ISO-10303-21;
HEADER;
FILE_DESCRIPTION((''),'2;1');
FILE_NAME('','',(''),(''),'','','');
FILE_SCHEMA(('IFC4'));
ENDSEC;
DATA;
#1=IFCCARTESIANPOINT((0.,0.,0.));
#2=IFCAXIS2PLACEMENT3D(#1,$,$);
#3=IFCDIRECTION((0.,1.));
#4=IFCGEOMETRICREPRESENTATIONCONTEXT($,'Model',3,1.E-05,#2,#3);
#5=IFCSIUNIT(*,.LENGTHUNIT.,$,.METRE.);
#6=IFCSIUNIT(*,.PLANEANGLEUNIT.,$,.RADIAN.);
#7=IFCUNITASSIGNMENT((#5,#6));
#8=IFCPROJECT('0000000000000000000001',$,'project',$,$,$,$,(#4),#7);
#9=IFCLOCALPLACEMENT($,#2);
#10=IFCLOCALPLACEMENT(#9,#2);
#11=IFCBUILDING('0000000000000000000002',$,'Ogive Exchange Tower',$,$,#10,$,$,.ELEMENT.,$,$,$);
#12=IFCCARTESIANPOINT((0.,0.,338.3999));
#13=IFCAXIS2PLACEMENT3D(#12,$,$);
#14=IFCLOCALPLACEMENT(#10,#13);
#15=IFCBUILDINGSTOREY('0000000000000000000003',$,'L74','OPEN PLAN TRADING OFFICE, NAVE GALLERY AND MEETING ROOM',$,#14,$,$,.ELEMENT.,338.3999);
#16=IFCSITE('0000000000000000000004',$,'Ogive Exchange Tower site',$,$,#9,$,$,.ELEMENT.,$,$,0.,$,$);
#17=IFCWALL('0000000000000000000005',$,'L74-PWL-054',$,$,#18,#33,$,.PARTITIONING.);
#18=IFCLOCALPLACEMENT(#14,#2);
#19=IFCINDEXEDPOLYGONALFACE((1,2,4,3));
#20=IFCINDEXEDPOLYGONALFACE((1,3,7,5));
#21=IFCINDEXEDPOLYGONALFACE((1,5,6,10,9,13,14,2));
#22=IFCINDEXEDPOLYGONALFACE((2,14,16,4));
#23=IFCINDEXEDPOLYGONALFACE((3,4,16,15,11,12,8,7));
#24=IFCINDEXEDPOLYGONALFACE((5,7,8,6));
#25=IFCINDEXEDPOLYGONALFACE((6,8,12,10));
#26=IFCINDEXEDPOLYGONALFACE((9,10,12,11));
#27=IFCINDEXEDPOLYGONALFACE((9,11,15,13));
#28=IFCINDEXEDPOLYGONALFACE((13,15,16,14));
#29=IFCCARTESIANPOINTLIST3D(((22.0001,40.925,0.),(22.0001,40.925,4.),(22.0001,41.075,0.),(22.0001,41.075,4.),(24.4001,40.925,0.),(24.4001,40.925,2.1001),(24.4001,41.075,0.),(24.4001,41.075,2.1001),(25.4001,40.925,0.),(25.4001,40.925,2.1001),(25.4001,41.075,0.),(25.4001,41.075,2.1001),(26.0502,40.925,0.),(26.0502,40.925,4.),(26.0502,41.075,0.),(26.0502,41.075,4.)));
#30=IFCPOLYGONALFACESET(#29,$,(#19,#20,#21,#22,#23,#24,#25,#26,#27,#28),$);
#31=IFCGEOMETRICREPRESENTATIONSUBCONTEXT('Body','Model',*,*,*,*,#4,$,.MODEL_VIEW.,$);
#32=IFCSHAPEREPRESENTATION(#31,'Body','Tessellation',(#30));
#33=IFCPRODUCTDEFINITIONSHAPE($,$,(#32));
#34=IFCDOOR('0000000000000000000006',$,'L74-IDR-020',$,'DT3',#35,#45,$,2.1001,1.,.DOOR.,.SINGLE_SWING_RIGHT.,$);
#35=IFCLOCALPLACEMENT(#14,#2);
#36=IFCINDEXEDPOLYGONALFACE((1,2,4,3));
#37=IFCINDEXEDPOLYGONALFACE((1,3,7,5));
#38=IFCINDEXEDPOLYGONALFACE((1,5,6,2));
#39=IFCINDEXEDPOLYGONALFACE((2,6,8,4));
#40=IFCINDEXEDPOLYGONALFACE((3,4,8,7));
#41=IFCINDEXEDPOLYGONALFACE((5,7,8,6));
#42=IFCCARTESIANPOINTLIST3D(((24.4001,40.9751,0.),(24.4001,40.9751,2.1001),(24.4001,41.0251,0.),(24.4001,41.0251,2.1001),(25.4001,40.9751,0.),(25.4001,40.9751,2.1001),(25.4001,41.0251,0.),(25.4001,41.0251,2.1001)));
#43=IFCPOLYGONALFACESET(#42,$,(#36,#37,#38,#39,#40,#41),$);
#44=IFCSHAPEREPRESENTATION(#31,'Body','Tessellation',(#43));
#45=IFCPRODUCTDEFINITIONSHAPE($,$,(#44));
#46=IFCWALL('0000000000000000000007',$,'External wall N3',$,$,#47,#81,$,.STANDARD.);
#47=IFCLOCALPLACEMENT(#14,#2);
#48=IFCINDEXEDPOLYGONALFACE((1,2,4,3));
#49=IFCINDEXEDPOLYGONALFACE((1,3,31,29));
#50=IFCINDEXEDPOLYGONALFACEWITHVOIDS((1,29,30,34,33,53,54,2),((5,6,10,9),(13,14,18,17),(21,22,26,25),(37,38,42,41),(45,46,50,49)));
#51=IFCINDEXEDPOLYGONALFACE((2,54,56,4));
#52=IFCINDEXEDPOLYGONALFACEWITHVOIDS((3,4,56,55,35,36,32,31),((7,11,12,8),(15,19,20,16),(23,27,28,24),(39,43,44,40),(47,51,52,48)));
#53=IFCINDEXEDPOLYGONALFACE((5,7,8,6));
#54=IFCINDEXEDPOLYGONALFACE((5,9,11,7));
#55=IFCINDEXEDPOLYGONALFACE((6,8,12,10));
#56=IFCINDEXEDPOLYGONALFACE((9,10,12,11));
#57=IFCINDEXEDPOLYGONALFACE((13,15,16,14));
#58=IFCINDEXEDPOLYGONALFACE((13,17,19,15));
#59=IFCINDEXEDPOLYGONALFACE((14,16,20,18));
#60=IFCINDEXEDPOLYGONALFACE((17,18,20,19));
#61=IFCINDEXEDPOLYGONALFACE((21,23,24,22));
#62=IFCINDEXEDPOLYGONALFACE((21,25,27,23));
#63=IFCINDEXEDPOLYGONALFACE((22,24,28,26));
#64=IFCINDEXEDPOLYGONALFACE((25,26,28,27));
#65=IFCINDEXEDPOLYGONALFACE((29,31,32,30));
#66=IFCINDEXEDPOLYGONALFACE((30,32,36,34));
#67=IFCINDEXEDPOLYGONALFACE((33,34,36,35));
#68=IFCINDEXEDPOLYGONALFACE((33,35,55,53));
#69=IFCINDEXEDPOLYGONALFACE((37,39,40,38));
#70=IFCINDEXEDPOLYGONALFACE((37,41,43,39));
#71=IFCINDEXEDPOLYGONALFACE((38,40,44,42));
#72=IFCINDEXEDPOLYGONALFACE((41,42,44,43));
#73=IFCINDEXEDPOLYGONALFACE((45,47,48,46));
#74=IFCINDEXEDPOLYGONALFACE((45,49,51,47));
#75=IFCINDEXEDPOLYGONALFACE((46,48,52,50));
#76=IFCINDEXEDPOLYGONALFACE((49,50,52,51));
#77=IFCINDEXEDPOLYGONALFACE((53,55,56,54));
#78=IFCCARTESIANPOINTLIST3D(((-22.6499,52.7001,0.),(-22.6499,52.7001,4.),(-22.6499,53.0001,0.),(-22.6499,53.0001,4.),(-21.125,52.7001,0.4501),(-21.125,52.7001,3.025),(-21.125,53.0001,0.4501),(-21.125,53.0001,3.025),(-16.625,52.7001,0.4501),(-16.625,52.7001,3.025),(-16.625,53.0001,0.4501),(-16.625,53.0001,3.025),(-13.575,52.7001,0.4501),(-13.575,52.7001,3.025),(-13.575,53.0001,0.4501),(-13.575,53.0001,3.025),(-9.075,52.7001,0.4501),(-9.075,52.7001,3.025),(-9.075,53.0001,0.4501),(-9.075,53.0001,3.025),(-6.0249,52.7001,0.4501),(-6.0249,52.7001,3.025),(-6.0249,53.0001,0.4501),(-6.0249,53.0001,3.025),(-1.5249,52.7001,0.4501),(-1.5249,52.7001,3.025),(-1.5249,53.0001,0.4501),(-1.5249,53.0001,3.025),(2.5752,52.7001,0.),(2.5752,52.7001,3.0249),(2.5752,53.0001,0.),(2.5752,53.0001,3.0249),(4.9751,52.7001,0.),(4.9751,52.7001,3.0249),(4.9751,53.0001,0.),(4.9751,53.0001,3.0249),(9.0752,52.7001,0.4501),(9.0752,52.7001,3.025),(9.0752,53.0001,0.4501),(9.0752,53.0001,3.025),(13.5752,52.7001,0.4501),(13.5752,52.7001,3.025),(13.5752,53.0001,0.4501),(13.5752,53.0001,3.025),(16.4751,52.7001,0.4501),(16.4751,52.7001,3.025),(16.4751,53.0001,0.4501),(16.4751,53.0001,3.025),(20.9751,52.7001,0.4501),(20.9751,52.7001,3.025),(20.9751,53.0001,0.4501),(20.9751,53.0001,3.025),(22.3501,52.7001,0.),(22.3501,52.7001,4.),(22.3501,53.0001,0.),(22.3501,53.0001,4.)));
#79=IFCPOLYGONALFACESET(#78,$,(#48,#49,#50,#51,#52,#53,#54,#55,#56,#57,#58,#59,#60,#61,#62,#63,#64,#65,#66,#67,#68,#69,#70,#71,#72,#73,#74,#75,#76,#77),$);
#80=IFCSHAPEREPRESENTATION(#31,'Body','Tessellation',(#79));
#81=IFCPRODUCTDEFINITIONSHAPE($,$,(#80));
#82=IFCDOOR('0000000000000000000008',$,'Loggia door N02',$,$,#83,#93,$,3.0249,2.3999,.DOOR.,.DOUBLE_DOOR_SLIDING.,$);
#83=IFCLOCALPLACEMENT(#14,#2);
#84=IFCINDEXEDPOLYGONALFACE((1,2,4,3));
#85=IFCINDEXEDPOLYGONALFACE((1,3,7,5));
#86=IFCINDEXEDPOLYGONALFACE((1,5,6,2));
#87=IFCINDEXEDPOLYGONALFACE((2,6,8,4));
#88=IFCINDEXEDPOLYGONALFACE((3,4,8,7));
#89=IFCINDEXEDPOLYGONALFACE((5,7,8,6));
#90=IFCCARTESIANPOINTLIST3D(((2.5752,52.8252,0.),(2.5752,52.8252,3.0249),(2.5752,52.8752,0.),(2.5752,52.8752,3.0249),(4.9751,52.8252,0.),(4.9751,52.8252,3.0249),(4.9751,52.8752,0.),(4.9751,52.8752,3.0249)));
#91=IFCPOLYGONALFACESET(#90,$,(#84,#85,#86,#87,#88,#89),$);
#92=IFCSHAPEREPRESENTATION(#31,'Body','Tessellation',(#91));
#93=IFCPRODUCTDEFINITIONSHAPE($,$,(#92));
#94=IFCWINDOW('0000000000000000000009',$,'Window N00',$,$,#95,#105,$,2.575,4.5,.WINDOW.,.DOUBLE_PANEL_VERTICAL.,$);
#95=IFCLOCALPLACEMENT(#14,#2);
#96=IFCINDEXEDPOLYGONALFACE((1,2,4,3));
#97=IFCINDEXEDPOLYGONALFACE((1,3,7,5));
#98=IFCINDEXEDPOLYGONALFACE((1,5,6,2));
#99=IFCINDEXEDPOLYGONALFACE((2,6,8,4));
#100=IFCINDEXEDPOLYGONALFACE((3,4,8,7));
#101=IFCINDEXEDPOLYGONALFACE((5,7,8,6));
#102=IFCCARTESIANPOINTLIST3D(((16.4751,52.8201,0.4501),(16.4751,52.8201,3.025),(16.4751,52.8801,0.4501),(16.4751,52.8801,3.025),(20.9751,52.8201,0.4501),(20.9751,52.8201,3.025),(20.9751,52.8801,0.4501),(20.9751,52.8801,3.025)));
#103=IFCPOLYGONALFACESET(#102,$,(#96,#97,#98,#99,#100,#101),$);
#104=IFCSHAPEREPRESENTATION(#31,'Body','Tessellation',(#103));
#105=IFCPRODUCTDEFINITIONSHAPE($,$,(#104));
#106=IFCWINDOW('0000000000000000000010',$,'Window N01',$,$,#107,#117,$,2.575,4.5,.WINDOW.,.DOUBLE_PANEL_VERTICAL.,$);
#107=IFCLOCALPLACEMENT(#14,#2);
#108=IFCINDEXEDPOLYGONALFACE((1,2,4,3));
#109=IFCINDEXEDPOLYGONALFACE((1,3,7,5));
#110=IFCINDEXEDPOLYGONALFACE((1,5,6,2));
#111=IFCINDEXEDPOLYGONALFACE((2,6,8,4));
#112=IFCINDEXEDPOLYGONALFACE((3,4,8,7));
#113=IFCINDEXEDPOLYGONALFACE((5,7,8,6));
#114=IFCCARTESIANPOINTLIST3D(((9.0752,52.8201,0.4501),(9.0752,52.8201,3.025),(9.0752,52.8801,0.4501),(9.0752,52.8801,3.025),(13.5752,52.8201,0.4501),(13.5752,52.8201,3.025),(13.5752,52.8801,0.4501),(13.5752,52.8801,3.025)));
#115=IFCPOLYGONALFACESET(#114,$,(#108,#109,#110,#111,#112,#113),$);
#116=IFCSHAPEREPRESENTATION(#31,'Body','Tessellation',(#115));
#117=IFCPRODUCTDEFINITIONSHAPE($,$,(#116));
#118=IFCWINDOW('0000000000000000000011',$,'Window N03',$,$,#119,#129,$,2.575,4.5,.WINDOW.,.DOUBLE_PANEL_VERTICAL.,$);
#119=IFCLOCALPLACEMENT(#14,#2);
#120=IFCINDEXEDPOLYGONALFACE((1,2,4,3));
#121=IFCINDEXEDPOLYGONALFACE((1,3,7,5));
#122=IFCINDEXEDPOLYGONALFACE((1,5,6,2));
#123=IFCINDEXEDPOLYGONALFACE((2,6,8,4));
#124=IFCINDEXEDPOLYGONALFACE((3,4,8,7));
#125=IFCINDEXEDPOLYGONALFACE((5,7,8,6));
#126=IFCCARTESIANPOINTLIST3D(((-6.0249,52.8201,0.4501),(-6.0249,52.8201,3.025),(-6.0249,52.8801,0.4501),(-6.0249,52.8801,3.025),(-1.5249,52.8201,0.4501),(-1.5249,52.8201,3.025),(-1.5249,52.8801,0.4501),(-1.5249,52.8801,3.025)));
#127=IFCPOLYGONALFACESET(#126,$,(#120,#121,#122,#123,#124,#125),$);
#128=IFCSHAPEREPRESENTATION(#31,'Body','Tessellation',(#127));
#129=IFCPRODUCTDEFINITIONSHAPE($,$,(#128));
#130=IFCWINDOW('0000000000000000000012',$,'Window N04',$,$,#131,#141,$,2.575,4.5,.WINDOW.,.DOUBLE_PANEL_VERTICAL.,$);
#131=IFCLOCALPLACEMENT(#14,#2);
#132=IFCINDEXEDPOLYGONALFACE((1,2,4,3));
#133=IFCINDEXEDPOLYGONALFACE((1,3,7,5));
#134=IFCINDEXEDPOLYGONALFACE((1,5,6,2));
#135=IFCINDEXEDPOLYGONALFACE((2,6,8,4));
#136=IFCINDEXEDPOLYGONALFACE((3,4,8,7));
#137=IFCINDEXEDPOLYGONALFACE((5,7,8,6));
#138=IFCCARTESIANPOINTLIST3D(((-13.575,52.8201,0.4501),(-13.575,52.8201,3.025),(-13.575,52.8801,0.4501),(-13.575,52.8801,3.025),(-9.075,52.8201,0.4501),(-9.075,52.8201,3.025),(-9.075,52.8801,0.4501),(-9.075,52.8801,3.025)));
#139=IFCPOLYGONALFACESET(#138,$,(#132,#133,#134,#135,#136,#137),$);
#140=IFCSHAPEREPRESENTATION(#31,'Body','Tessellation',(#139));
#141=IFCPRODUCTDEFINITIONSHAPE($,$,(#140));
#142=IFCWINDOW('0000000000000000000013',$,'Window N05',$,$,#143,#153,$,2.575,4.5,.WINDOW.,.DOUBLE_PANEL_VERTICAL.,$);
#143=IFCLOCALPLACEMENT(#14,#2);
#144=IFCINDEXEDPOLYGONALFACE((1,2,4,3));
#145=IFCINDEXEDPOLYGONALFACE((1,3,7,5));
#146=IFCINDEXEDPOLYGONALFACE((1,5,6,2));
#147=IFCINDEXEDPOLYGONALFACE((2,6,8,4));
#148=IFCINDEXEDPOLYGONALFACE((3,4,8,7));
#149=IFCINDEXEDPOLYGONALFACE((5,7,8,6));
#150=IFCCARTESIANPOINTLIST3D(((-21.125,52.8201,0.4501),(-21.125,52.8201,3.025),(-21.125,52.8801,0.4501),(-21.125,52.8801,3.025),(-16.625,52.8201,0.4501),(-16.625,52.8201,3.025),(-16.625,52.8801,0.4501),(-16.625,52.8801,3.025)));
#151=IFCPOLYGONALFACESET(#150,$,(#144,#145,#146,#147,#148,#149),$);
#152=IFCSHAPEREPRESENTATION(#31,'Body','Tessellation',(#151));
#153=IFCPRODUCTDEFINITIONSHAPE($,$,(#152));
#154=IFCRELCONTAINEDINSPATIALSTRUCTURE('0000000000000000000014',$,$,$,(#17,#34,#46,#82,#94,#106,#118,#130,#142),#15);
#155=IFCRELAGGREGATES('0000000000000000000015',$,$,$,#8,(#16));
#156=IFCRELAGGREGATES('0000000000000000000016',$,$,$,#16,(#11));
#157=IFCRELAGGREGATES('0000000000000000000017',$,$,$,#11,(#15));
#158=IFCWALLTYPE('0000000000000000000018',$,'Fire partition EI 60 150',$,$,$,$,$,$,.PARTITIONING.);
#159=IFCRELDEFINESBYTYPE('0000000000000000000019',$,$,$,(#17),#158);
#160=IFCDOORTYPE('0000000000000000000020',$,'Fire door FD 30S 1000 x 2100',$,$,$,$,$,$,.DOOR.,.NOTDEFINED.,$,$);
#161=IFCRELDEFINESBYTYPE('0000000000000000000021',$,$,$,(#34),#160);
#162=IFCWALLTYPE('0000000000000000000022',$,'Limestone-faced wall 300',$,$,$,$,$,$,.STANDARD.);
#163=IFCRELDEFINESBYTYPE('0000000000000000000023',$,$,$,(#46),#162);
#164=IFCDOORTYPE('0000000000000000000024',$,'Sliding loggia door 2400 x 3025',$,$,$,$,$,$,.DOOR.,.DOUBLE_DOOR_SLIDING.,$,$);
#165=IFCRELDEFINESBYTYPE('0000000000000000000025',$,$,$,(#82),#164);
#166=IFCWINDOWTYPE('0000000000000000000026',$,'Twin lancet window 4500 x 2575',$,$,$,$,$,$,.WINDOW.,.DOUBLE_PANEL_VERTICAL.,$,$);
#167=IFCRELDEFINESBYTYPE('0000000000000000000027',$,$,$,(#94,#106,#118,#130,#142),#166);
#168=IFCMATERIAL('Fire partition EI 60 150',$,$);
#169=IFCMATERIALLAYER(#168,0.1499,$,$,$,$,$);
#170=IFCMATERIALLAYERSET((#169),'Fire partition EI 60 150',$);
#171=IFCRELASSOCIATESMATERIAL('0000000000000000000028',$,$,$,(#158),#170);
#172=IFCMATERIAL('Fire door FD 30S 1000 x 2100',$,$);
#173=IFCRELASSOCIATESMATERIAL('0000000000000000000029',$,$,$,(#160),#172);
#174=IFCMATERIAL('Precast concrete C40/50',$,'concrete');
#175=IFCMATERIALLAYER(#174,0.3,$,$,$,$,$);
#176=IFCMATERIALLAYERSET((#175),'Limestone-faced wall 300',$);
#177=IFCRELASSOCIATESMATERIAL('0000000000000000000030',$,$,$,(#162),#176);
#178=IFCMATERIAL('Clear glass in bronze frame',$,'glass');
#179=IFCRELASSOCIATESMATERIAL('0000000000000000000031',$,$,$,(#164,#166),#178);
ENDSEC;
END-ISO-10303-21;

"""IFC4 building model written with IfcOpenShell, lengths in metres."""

from ifc_helpers import new_model, si_unit, direction, frame, frame_2d, origin, place, context, subcontext, project, spatial, rectangle, extrude, material, layer, layer_set, type_object, element, fill, save


model = new_model("IFC4")

# Units and contexts
model_context = context("Model", 3, precision=1e-05, world=origin(), true_north=direction((0.0, 1.0)))
body_context = subcontext(model_context, "Body", "Model", "MODEL_VIEW")
ifc_project = project(units=[si_unit("LENGTHUNIT", "METRE"), si_unit("PLANEANGLEUNIT", "RADIAN")], contexts=[model_context])

# Site, building, storey
site_placement = place(None, origin())
site = spatial("IfcSite", under=ifc_project, at=site_placement, Name="Ogive Exchange Tower site", CompositionType="ELEMENT", RefElevation=0.0)
building_placement = place(site_placement, origin())
building = spatial("IfcBuilding", under=site, at=building_placement, Name="Ogive Exchange Tower", CompositionType="ELEMENT")
storey_placement = place(building_placement, frame((0.0, 0.0, 338.3999)))
storey = spatial("IfcBuildingStorey", under=building, at=storey_placement, Name="L74", Description="OPEN PLAN TRADING OFFICE, NAVE GALLERY AND MEETING ROOM", CompositionType="ELEMENT", Elevation=338.3999)

# Wall, opening, door
ifc_material_1 = material(Name="Fire partition EI 60 150")
ifc_layer_1 = layer(ifc_material_1, 0.1499)
ifc_layer_set_1 = layer_set([ifc_layer_1], Name="Fire partition EI 60 150")
wall_type_1 = type_object("IfcWallType", Name="Fire partition EI 60 150", PredefinedType="PARTITIONING", material=ifc_layer_set_1)
ifc_material_2 = material(Name="Fire door FD 30S 1000 x 2100")
door_type_1 = type_object("IfcDoorType", Name="Fire door FD 30S 1000 x 2100", OperationType="NOTDEFINED", PredefinedType="DOOR", material=ifc_material_2)
wall_1_placement = place(storey_placement, frame((26.05, 41.0, 0.0), z_axis=(0.0, 0.0, 1.0), x_axis=(-1.0, 0.0, 0.0)))
wall_1 = element("IfcWall", 1, at=wall_1_placement, inside=storey, type_object=wall_type_1, Name="L74-PWL-054", PredefinedType="PARTITIONING", context=body_context, shape_type="SweptSolid", body=[
    extrude(rectangle(XDim=4.05, YDim=0.1499, at=frame_2d((2.0249, 0.0))), origin(), (0.0, 0.0, 1.0), 4.0),
])
opening_1_placement = place(wall_1_placement, frame((0.6499, 0.0, 0.0)))
opening_1 = element("IfcOpeningElement", 2, at=opening_1_placement, cuts=wall_1, PredefinedType="OPENING", context=body_context, shape_type="SweptSolid", body=[
    extrude(rectangle(XDim=1.0, YDim=2.1001, at=frame_2d((0.5, 1.05))), frame((0.0, 0.085, 0.0), z_axis=(0.0, -1.0, 0.0), x_axis=(1.0, 0.0, 0.0)), (0.0, 0.0, 1.0), 0.1699),
])
door_1_placement = place(opening_1_placement, origin())
door_1 = element("IfcDoor", 3, at=door_1_placement, inside=storey, type_object=door_type_1, Name="L74-IDR-020", ObjectType="DT3", OperationType="SINGLE_SWING_RIGHT", OverallHeight=2.1001, OverallWidth=1.0, PredefinedType="DOOR", context=body_context, shape_type="SweptSolid", body=[
    extrude(rectangle(XDim=1.0, YDim=2.1001, at=frame_2d((0.5, 1.05))), frame((0.0, 0.0249, 0.0), z_axis=(0.0, -1.0, 0.0), x_axis=(1.0, 0.0, 0.0)), (0.0, 0.0, 1.0), 0.05),
])
fill(opening_1, door_1)

# Wall, openings, door, windows
ifc_material_3 = material(Name="Precast concrete C40/50", Category="concrete")
ifc_layer_2 = layer(ifc_material_3, 0.3)
ifc_layer_set_2 = layer_set([ifc_layer_2], Name="Limestone-faced wall 300")
wall_type_2 = type_object("IfcWallType", Name="Limestone-faced wall 300", PredefinedType="STANDARD", material=ifc_layer_set_2)
wall_2_placement = place(storey_placement, frame((22.3501, 52.8501, 0.0), z_axis=(0.0, 0.0, 1.0), x_axis=(-1.0, 0.0, 0.0)))
wall_2 = element("IfcWall", 4, at=wall_2_placement, inside=storey, type_object=wall_type_2, Name="External wall N3", PredefinedType="STANDARD", context=body_context, shape_type="SweptSolid", body=[
    extrude(rectangle(XDim=45.0, YDim=0.3, at=frame_2d((22.5, 0.0))), origin(), (0.0, 0.0, 1.0), 4.0),
])
opening_2_placement = place(wall_2_placement, frame((1.375, 0.0, 0.45)))
opening_2 = element("IfcOpeningElement", 5, at=opening_2_placement, cuts=wall_2, PredefinedType="OPENING", context=body_context, shape_type="SweptSolid", body=[
    extrude(rectangle(XDim=4.5, YDim=2.575, at=frame_2d((2.25, 1.2876))), frame((0.0, 0.1599, 0.0), z_axis=(0.0, -1.0, 0.0), x_axis=(1.0, 0.0, 0.0)), (0.0, 0.0, 1.0), 0.3201),
])
opening_3_placement = place(wall_2_placement, frame((8.7749, 0.0, 0.45)))
opening_3 = element("IfcOpeningElement", 6, at=opening_3_placement, cuts=wall_2, PredefinedType="OPENING", context=body_context, shape_type="SweptSolid", body=[
    extrude(rectangle(XDim=4.5, YDim=2.575, at=frame_2d((2.25, 1.2876))), frame((0.0, 0.1599, 0.0), z_axis=(0.0, -1.0, 0.0), x_axis=(1.0, 0.0, 0.0)), (0.0, 0.0, 1.0), 0.3201),
])
opening_4_placement = place(wall_2_placement, frame((17.375, 0.0, 0.0)))
opening_4 = element("IfcOpeningElement", 7, at=opening_4_placement, cuts=wall_2, PredefinedType="OPENING", context=body_context, shape_type="SweptSolid", body=[
    extrude(rectangle(XDim=2.3999, YDim=3.0249, at=frame_2d((1.2, 1.5125))), frame((0.0, 0.1599, 0.0), z_axis=(0.0, -1.0, 0.0), x_axis=(1.0, 0.0, 0.0)), (0.0, 0.0, 1.0), 0.3201),
])
opening_5_placement = place(wall_2_placement, frame((23.875, 0.0, 0.45)))
opening_5 = element("IfcOpeningElement", 8, at=opening_5_placement, cuts=wall_2, PredefinedType="OPENING", context=body_context, shape_type="SweptSolid", body=[
    extrude(rectangle(XDim=4.5, YDim=2.575, at=frame_2d((2.25, 1.2876))), frame((0.0, 0.1599, 0.0), z_axis=(0.0, -1.0, 0.0), x_axis=(1.0, 0.0, 0.0)), (0.0, 0.0, 1.0), 0.3201),
])
opening_6_placement = place(wall_2_placement, frame((31.425, 0.0, 0.45)))
opening_6 = element("IfcOpeningElement", 9, at=opening_6_placement, cuts=wall_2, PredefinedType="OPENING", context=body_context, shape_type="SweptSolid", body=[
    extrude(rectangle(XDim=4.5, YDim=2.575, at=frame_2d((2.25, 1.2876))), frame((0.0, 0.1599, 0.0), z_axis=(0.0, -1.0, 0.0), x_axis=(1.0, 0.0, 0.0)), (0.0, 0.0, 1.0), 0.3201),
])
opening_7_placement = place(wall_2_placement, frame((38.9751, 0.0, 0.45)))
opening_7 = element("IfcOpeningElement", 10, at=opening_7_placement, cuts=wall_2, PredefinedType="OPENING", context=body_context, shape_type="SweptSolid", body=[
    extrude(rectangle(XDim=4.5, YDim=2.575, at=frame_2d((2.25, 1.2876))), frame((0.0, 0.1599, 0.0), z_axis=(0.0, -1.0, 0.0), x_axis=(1.0, 0.0, 0.0)), (0.0, 0.0, 1.0), 0.3201),
])
ifc_material_4 = material(Name="Clear glass in bronze frame", Category="glass")
door_type_2 = type_object("IfcDoorType", Name="Sliding loggia door 2400 x 3025", OperationType="DOUBLE_DOOR_SLIDING", PredefinedType="DOOR", material=ifc_material_4)
door_2_placement = place(opening_4_placement, origin())
door_2 = element("IfcDoor", 11, at=door_2_placement, inside=storey, type_object=door_type_2, Name="Loggia door N02", OperationType="DOUBLE_DOOR_SLIDING", OverallHeight=3.0249, OverallWidth=2.3999, PredefinedType="DOOR", context=body_context, shape_type="SweptSolid", body=[
    extrude(rectangle(XDim=2.3999, YDim=3.0249, at=frame_2d((1.2, 1.5125))), frame((0.0, 0.0249, 0.0), z_axis=(0.0, -1.0, 0.0), x_axis=(1.0, 0.0, 0.0)), (0.0, 0.0, 1.0), 0.05),
])
fill(opening_4, door_2)
window_type = type_object("IfcWindowType", Name="Twin lancet window 4500 x 2575", PartitioningType="DOUBLE_PANEL_VERTICAL", PredefinedType="WINDOW", material=ifc_material_4)
window_1_placement = place(opening_2_placement, origin())
window_1 = element("IfcWindow", 12, at=window_1_placement, inside=storey, type_object=window_type, Name="Window N00", OverallHeight=2.575, OverallWidth=4.5, PartitioningType="DOUBLE_PANEL_VERTICAL", PredefinedType="WINDOW", context=body_context, shape_type="SweptSolid", body=[
    extrude(rectangle(XDim=4.5, YDim=2.575, at=frame_2d((2.25, 1.2876))), frame((0.0, 0.03, 0.0), z_axis=(0.0, -1.0, 0.0), x_axis=(1.0, 0.0, 0.0)), (0.0, 0.0, 1.0), 0.0601),
])
fill(opening_2, window_1)
window_2_placement = place(opening_3_placement, origin())
window_2 = element("IfcWindow", 13, at=window_2_placement, inside=storey, type_object=window_type, Name="Window N01", OverallHeight=2.575, OverallWidth=4.5, PartitioningType="DOUBLE_PANEL_VERTICAL", PredefinedType="WINDOW", context=body_context, shape_type="SweptSolid", body=[
    extrude(rectangle(XDim=4.5, YDim=2.575, at=frame_2d((2.25, 1.2876))), frame((0.0, 0.03, 0.0), z_axis=(0.0, -1.0, 0.0), x_axis=(1.0, 0.0, 0.0)), (0.0, 0.0, 1.0), 0.0601),
])
fill(opening_3, window_2)
window_3_placement = place(opening_5_placement, origin())
window_3 = element("IfcWindow", 14, at=window_3_placement, inside=storey, type_object=window_type, Name="Window N03", OverallHeight=2.575, OverallWidth=4.5, PartitioningType="DOUBLE_PANEL_VERTICAL", PredefinedType="WINDOW", context=body_context, shape_type="SweptSolid", body=[
    extrude(rectangle(XDim=4.5, YDim=2.575, at=frame_2d((2.25, 1.2876))), frame((0.0, 0.03, 0.0), z_axis=(0.0, -1.0, 0.0), x_axis=(1.0, 0.0, 0.0)), (0.0, 0.0, 1.0), 0.0601),
])
fill(opening_5, window_3)
window_4_placement = place(opening_6_placement, origin())
window_4 = element("IfcWindow", 15, at=window_4_placement, inside=storey, type_object=window_type, Name="Window N04", OverallHeight=2.575, OverallWidth=4.5, PartitioningType="DOUBLE_PANEL_VERTICAL", PredefinedType="WINDOW", context=body_context, shape_type="SweptSolid", body=[
    extrude(rectangle(XDim=4.5, YDim=2.575, at=frame_2d((2.25, 1.2876))), frame((0.0, 0.03, 0.0), z_axis=(0.0, -1.0, 0.0), x_axis=(1.0, 0.0, 0.0)), (0.0, 0.0, 1.0), 0.0601),
])
fill(opening_6, window_4)
window_5_placement = place(opening_7_placement, origin())
window_5 = element("IfcWindow", 16, at=window_5_placement, inside=storey, type_object=window_type, Name="Window N05", OverallHeight=2.575, OverallWidth=4.5, PartitioningType="DOUBLE_PANEL_VERTICAL", PredefinedType="WINDOW", context=body_context, shape_type="SweptSolid", body=[
    extrude(rectangle(XDim=4.5, YDim=2.575, at=frame_2d((2.25, 1.2876))), frame((0.0, 0.03, 0.0), z_axis=(0.0, -1.0, 0.0), x_axis=(1.0, 0.0, 0.0)), (0.0, 0.0, 1.0), 0.0601),
])
fill(opening_7, window_5)

save(model, "model.ifc")
